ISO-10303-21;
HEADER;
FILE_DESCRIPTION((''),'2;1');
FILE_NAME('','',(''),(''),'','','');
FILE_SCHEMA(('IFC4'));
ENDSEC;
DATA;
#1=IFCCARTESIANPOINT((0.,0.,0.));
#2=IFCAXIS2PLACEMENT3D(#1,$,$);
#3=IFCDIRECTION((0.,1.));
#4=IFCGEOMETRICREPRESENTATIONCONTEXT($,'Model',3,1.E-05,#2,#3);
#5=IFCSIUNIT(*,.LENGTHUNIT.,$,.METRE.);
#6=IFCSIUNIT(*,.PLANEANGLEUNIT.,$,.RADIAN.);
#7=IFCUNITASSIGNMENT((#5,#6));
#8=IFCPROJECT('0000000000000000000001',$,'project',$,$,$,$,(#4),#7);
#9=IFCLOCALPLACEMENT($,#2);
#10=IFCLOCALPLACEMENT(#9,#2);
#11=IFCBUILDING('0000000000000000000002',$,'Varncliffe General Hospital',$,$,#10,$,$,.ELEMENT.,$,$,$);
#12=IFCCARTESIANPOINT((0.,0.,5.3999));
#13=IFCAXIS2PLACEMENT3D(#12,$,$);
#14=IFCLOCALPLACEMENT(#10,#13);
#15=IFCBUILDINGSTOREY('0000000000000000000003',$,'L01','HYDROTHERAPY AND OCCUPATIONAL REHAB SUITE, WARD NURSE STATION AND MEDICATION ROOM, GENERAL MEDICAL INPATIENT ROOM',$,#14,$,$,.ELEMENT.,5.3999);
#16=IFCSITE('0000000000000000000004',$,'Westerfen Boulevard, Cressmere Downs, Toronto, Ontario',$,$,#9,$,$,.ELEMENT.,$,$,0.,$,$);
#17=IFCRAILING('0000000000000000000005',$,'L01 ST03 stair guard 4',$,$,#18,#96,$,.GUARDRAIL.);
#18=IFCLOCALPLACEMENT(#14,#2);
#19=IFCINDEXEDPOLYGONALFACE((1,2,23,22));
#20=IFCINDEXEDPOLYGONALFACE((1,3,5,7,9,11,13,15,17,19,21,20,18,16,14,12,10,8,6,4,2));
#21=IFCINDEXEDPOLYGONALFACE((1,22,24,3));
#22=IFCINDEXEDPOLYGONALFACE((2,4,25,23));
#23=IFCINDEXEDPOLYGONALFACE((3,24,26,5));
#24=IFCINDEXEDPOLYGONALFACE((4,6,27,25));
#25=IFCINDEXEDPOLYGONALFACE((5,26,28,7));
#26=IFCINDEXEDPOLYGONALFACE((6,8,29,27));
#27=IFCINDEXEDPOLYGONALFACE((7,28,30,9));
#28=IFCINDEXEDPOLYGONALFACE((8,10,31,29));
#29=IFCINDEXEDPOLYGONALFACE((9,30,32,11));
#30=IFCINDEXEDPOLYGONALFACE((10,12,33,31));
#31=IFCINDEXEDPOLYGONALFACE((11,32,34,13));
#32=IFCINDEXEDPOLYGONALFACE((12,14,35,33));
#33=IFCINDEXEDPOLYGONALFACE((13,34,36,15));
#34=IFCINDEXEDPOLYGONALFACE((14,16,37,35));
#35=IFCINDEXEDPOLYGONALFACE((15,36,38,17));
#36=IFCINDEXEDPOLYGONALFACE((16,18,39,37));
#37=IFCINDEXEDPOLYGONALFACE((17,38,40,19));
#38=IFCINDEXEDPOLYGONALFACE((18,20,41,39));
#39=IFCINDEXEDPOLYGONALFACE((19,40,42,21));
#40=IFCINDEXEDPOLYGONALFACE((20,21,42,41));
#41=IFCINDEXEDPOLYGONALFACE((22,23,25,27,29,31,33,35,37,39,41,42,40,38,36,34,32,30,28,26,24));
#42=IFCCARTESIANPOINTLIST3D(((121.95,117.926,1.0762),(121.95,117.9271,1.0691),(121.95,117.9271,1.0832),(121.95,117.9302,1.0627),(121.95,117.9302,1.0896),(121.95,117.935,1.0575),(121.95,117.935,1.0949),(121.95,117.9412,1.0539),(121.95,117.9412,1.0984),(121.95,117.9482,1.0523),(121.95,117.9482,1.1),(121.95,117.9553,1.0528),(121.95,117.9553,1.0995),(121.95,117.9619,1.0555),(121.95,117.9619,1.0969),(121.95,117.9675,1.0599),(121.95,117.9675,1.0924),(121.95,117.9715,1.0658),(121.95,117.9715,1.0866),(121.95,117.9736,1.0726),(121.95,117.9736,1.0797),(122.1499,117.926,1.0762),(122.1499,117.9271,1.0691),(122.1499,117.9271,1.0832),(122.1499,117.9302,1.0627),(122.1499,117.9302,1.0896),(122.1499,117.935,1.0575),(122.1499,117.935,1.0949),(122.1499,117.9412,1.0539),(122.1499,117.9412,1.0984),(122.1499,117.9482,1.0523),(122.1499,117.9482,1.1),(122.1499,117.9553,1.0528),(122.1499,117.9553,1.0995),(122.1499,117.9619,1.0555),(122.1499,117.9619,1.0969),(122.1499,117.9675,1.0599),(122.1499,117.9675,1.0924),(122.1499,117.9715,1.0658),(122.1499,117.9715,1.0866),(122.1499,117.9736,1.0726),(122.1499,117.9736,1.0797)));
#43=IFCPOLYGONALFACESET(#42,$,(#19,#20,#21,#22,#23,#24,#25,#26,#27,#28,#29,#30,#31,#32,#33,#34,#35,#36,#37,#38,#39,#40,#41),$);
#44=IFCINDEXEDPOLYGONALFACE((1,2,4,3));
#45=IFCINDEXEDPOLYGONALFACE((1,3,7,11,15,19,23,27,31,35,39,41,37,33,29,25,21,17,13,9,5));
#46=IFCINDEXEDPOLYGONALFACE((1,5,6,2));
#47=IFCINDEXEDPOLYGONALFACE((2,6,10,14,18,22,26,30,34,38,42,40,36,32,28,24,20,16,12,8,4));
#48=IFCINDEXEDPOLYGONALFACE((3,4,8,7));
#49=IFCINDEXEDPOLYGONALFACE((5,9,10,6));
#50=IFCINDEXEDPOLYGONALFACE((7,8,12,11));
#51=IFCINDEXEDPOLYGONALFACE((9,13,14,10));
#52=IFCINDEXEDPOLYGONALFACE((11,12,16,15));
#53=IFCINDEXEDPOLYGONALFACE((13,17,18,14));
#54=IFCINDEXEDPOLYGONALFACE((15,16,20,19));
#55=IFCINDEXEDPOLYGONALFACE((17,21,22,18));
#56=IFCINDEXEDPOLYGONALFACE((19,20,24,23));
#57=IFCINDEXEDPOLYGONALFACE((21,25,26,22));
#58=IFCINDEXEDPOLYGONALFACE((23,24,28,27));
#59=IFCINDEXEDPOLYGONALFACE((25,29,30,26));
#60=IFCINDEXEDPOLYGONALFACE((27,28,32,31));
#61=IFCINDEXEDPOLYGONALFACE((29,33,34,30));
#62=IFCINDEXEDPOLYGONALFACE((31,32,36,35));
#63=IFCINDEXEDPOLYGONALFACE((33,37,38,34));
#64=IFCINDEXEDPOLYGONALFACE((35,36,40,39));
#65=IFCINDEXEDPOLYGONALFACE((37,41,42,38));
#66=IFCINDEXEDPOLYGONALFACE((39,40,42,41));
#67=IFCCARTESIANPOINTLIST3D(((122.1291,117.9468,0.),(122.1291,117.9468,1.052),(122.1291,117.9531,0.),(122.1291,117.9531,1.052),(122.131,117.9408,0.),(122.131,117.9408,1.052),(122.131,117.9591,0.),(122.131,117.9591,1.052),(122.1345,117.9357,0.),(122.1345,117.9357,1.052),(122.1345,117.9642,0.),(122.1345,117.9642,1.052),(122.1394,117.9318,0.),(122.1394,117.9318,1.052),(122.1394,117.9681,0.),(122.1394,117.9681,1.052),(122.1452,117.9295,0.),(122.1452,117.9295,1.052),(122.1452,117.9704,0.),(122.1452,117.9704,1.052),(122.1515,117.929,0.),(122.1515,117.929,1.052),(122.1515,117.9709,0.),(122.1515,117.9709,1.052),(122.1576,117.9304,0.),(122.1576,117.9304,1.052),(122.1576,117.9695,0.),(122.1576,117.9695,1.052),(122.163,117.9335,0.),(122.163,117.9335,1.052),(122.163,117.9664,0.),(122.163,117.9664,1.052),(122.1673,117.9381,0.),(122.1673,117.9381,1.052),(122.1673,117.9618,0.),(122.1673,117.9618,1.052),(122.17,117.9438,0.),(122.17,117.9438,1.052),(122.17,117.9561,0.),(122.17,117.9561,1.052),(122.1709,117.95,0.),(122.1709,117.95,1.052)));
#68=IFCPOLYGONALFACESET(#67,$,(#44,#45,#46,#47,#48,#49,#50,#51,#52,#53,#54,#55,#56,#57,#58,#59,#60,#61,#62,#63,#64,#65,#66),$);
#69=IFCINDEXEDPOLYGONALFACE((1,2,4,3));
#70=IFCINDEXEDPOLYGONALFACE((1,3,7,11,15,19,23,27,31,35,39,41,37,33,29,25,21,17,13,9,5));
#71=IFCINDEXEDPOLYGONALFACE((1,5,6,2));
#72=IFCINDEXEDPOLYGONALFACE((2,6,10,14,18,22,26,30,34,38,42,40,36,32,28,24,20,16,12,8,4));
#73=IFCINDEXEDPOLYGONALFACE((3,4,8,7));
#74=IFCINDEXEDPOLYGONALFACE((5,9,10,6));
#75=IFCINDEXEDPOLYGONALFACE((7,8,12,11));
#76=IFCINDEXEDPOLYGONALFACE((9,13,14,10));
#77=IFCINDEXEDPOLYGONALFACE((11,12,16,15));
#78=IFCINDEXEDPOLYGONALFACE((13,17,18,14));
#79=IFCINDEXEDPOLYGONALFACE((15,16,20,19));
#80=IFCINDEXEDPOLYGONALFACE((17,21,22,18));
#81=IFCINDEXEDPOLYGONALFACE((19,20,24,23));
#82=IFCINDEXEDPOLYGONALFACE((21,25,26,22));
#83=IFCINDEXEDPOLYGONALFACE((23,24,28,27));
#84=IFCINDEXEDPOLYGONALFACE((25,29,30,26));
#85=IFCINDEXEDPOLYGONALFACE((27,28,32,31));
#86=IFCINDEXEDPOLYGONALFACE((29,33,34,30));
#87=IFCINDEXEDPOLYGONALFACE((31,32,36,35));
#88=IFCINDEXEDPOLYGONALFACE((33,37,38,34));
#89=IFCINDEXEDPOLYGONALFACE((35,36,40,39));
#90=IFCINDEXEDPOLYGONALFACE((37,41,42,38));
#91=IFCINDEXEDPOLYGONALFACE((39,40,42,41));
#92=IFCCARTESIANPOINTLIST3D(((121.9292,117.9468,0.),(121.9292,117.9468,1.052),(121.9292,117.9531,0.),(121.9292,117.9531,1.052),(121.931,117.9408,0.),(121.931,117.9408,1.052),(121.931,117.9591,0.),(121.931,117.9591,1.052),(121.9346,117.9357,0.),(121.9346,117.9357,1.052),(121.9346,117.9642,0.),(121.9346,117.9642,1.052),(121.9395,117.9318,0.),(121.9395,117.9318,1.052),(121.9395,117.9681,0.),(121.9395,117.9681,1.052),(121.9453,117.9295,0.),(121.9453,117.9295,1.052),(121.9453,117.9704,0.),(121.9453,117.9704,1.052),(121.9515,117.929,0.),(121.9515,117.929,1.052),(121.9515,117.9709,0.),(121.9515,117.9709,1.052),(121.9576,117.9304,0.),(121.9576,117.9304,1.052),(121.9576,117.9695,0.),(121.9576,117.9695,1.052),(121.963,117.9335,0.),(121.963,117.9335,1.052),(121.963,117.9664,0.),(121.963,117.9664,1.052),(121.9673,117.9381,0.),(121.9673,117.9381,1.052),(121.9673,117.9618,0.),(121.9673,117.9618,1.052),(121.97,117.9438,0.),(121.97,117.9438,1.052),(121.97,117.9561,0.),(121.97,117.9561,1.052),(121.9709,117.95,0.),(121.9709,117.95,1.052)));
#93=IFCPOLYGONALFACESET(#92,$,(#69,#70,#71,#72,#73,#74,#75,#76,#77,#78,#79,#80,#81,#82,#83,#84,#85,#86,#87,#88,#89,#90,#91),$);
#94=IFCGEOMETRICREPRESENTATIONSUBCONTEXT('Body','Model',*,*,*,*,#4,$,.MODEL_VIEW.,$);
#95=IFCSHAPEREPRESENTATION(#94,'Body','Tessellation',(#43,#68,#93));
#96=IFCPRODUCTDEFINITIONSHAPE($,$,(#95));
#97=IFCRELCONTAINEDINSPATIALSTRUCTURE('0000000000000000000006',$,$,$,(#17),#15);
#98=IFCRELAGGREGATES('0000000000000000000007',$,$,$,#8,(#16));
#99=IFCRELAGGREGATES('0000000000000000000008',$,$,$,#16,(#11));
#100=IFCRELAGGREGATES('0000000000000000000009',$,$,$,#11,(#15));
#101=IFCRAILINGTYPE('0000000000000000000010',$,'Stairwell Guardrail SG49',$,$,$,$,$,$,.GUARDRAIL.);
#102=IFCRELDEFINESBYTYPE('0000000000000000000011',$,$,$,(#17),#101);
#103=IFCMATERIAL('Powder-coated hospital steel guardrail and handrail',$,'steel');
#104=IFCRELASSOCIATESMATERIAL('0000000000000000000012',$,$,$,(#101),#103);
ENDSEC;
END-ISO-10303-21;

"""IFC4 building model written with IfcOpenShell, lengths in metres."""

from ifc_helpers import new_model, si_unit, direction, frame, origin, origin_2d, place, context, subcontext, project, spatial, circle, extrude, material, type_object, element, save


model = new_model("IFC4")

# Units and contexts
model_context = context("Model", 3, precision=1e-05, world=origin(), true_north=direction((0.0, 1.0)))
body_context = subcontext(model_context, "Body", "Model", "MODEL_VIEW")
ifc_project = project(units=[si_unit("LENGTHUNIT", "METRE"), si_unit("PLANEANGLEUNIT", "RADIAN")], contexts=[model_context])

# Site, building, storey
site_placement = place(None, origin())
site = spatial("IfcSite", under=ifc_project, at=site_placement, Name="Westerfen Boulevard, Cressmere Downs, Toronto, Ontario", CompositionType="ELEMENT", RefElevation=0.0)
building_placement = place(site_placement, origin())
building = spatial("IfcBuilding", under=site, at=building_placement, Name="Varncliffe General Hospital", CompositionType="ELEMENT")
storey_placement = place(building_placement, frame((0.0, 0.0, 5.3999)))
storey = spatial("IfcBuildingStorey", under=building, at=storey_placement, Name="L01", Description="HYDROTHERAPY AND OCCUPATIONAL REHAB SUITE, WARD NURSE STATION AND MEDICATION ROOM, GENERAL MEDICAL INPATIENT ROOM", CompositionType="ELEMENT", Elevation=5.3999)

# Railing
ifc_material_1 = material(Name="Powder-coated hospital steel guardrail and handrail", Category="steel")
railing_type_1 = type_object("IfcRailingType", Name="Stairwell Guardrail SG49", PredefinedType="GUARDRAIL", material=ifc_material_1)
railing_1_placement = place(storey_placement, frame((122.1499, 117.95, 0.0)))
element("IfcRailing", 1, at=railing_1_placement, inside=storey, type_object=railing_type_1, Name="L01 ST03 stair guard 4", PredefinedType="GUARDRAIL", context=body_context, shape_type="SweptSolid", body=[
    extrude(circle(Radius=0.0239, at=origin_2d()), frame((0.0, 0.0, 1.0762), z_axis=(-1.0, 0.0, 0.0), x_axis=(0.0, -1.0, 0.0)), (0.0, 0.0, 1.0), 0.2),
    extrude(circle(Radius=0.021, at=origin_2d()), origin(), (0.0, 0.0, 1.0), 1.052),
    extrude(circle(Radius=0.021, at=origin_2d()), frame((-0.2, 0.0, 0.0)), (0.0, 0.0, 1.0), 1.052),
])

save(model, "model.ifc")
